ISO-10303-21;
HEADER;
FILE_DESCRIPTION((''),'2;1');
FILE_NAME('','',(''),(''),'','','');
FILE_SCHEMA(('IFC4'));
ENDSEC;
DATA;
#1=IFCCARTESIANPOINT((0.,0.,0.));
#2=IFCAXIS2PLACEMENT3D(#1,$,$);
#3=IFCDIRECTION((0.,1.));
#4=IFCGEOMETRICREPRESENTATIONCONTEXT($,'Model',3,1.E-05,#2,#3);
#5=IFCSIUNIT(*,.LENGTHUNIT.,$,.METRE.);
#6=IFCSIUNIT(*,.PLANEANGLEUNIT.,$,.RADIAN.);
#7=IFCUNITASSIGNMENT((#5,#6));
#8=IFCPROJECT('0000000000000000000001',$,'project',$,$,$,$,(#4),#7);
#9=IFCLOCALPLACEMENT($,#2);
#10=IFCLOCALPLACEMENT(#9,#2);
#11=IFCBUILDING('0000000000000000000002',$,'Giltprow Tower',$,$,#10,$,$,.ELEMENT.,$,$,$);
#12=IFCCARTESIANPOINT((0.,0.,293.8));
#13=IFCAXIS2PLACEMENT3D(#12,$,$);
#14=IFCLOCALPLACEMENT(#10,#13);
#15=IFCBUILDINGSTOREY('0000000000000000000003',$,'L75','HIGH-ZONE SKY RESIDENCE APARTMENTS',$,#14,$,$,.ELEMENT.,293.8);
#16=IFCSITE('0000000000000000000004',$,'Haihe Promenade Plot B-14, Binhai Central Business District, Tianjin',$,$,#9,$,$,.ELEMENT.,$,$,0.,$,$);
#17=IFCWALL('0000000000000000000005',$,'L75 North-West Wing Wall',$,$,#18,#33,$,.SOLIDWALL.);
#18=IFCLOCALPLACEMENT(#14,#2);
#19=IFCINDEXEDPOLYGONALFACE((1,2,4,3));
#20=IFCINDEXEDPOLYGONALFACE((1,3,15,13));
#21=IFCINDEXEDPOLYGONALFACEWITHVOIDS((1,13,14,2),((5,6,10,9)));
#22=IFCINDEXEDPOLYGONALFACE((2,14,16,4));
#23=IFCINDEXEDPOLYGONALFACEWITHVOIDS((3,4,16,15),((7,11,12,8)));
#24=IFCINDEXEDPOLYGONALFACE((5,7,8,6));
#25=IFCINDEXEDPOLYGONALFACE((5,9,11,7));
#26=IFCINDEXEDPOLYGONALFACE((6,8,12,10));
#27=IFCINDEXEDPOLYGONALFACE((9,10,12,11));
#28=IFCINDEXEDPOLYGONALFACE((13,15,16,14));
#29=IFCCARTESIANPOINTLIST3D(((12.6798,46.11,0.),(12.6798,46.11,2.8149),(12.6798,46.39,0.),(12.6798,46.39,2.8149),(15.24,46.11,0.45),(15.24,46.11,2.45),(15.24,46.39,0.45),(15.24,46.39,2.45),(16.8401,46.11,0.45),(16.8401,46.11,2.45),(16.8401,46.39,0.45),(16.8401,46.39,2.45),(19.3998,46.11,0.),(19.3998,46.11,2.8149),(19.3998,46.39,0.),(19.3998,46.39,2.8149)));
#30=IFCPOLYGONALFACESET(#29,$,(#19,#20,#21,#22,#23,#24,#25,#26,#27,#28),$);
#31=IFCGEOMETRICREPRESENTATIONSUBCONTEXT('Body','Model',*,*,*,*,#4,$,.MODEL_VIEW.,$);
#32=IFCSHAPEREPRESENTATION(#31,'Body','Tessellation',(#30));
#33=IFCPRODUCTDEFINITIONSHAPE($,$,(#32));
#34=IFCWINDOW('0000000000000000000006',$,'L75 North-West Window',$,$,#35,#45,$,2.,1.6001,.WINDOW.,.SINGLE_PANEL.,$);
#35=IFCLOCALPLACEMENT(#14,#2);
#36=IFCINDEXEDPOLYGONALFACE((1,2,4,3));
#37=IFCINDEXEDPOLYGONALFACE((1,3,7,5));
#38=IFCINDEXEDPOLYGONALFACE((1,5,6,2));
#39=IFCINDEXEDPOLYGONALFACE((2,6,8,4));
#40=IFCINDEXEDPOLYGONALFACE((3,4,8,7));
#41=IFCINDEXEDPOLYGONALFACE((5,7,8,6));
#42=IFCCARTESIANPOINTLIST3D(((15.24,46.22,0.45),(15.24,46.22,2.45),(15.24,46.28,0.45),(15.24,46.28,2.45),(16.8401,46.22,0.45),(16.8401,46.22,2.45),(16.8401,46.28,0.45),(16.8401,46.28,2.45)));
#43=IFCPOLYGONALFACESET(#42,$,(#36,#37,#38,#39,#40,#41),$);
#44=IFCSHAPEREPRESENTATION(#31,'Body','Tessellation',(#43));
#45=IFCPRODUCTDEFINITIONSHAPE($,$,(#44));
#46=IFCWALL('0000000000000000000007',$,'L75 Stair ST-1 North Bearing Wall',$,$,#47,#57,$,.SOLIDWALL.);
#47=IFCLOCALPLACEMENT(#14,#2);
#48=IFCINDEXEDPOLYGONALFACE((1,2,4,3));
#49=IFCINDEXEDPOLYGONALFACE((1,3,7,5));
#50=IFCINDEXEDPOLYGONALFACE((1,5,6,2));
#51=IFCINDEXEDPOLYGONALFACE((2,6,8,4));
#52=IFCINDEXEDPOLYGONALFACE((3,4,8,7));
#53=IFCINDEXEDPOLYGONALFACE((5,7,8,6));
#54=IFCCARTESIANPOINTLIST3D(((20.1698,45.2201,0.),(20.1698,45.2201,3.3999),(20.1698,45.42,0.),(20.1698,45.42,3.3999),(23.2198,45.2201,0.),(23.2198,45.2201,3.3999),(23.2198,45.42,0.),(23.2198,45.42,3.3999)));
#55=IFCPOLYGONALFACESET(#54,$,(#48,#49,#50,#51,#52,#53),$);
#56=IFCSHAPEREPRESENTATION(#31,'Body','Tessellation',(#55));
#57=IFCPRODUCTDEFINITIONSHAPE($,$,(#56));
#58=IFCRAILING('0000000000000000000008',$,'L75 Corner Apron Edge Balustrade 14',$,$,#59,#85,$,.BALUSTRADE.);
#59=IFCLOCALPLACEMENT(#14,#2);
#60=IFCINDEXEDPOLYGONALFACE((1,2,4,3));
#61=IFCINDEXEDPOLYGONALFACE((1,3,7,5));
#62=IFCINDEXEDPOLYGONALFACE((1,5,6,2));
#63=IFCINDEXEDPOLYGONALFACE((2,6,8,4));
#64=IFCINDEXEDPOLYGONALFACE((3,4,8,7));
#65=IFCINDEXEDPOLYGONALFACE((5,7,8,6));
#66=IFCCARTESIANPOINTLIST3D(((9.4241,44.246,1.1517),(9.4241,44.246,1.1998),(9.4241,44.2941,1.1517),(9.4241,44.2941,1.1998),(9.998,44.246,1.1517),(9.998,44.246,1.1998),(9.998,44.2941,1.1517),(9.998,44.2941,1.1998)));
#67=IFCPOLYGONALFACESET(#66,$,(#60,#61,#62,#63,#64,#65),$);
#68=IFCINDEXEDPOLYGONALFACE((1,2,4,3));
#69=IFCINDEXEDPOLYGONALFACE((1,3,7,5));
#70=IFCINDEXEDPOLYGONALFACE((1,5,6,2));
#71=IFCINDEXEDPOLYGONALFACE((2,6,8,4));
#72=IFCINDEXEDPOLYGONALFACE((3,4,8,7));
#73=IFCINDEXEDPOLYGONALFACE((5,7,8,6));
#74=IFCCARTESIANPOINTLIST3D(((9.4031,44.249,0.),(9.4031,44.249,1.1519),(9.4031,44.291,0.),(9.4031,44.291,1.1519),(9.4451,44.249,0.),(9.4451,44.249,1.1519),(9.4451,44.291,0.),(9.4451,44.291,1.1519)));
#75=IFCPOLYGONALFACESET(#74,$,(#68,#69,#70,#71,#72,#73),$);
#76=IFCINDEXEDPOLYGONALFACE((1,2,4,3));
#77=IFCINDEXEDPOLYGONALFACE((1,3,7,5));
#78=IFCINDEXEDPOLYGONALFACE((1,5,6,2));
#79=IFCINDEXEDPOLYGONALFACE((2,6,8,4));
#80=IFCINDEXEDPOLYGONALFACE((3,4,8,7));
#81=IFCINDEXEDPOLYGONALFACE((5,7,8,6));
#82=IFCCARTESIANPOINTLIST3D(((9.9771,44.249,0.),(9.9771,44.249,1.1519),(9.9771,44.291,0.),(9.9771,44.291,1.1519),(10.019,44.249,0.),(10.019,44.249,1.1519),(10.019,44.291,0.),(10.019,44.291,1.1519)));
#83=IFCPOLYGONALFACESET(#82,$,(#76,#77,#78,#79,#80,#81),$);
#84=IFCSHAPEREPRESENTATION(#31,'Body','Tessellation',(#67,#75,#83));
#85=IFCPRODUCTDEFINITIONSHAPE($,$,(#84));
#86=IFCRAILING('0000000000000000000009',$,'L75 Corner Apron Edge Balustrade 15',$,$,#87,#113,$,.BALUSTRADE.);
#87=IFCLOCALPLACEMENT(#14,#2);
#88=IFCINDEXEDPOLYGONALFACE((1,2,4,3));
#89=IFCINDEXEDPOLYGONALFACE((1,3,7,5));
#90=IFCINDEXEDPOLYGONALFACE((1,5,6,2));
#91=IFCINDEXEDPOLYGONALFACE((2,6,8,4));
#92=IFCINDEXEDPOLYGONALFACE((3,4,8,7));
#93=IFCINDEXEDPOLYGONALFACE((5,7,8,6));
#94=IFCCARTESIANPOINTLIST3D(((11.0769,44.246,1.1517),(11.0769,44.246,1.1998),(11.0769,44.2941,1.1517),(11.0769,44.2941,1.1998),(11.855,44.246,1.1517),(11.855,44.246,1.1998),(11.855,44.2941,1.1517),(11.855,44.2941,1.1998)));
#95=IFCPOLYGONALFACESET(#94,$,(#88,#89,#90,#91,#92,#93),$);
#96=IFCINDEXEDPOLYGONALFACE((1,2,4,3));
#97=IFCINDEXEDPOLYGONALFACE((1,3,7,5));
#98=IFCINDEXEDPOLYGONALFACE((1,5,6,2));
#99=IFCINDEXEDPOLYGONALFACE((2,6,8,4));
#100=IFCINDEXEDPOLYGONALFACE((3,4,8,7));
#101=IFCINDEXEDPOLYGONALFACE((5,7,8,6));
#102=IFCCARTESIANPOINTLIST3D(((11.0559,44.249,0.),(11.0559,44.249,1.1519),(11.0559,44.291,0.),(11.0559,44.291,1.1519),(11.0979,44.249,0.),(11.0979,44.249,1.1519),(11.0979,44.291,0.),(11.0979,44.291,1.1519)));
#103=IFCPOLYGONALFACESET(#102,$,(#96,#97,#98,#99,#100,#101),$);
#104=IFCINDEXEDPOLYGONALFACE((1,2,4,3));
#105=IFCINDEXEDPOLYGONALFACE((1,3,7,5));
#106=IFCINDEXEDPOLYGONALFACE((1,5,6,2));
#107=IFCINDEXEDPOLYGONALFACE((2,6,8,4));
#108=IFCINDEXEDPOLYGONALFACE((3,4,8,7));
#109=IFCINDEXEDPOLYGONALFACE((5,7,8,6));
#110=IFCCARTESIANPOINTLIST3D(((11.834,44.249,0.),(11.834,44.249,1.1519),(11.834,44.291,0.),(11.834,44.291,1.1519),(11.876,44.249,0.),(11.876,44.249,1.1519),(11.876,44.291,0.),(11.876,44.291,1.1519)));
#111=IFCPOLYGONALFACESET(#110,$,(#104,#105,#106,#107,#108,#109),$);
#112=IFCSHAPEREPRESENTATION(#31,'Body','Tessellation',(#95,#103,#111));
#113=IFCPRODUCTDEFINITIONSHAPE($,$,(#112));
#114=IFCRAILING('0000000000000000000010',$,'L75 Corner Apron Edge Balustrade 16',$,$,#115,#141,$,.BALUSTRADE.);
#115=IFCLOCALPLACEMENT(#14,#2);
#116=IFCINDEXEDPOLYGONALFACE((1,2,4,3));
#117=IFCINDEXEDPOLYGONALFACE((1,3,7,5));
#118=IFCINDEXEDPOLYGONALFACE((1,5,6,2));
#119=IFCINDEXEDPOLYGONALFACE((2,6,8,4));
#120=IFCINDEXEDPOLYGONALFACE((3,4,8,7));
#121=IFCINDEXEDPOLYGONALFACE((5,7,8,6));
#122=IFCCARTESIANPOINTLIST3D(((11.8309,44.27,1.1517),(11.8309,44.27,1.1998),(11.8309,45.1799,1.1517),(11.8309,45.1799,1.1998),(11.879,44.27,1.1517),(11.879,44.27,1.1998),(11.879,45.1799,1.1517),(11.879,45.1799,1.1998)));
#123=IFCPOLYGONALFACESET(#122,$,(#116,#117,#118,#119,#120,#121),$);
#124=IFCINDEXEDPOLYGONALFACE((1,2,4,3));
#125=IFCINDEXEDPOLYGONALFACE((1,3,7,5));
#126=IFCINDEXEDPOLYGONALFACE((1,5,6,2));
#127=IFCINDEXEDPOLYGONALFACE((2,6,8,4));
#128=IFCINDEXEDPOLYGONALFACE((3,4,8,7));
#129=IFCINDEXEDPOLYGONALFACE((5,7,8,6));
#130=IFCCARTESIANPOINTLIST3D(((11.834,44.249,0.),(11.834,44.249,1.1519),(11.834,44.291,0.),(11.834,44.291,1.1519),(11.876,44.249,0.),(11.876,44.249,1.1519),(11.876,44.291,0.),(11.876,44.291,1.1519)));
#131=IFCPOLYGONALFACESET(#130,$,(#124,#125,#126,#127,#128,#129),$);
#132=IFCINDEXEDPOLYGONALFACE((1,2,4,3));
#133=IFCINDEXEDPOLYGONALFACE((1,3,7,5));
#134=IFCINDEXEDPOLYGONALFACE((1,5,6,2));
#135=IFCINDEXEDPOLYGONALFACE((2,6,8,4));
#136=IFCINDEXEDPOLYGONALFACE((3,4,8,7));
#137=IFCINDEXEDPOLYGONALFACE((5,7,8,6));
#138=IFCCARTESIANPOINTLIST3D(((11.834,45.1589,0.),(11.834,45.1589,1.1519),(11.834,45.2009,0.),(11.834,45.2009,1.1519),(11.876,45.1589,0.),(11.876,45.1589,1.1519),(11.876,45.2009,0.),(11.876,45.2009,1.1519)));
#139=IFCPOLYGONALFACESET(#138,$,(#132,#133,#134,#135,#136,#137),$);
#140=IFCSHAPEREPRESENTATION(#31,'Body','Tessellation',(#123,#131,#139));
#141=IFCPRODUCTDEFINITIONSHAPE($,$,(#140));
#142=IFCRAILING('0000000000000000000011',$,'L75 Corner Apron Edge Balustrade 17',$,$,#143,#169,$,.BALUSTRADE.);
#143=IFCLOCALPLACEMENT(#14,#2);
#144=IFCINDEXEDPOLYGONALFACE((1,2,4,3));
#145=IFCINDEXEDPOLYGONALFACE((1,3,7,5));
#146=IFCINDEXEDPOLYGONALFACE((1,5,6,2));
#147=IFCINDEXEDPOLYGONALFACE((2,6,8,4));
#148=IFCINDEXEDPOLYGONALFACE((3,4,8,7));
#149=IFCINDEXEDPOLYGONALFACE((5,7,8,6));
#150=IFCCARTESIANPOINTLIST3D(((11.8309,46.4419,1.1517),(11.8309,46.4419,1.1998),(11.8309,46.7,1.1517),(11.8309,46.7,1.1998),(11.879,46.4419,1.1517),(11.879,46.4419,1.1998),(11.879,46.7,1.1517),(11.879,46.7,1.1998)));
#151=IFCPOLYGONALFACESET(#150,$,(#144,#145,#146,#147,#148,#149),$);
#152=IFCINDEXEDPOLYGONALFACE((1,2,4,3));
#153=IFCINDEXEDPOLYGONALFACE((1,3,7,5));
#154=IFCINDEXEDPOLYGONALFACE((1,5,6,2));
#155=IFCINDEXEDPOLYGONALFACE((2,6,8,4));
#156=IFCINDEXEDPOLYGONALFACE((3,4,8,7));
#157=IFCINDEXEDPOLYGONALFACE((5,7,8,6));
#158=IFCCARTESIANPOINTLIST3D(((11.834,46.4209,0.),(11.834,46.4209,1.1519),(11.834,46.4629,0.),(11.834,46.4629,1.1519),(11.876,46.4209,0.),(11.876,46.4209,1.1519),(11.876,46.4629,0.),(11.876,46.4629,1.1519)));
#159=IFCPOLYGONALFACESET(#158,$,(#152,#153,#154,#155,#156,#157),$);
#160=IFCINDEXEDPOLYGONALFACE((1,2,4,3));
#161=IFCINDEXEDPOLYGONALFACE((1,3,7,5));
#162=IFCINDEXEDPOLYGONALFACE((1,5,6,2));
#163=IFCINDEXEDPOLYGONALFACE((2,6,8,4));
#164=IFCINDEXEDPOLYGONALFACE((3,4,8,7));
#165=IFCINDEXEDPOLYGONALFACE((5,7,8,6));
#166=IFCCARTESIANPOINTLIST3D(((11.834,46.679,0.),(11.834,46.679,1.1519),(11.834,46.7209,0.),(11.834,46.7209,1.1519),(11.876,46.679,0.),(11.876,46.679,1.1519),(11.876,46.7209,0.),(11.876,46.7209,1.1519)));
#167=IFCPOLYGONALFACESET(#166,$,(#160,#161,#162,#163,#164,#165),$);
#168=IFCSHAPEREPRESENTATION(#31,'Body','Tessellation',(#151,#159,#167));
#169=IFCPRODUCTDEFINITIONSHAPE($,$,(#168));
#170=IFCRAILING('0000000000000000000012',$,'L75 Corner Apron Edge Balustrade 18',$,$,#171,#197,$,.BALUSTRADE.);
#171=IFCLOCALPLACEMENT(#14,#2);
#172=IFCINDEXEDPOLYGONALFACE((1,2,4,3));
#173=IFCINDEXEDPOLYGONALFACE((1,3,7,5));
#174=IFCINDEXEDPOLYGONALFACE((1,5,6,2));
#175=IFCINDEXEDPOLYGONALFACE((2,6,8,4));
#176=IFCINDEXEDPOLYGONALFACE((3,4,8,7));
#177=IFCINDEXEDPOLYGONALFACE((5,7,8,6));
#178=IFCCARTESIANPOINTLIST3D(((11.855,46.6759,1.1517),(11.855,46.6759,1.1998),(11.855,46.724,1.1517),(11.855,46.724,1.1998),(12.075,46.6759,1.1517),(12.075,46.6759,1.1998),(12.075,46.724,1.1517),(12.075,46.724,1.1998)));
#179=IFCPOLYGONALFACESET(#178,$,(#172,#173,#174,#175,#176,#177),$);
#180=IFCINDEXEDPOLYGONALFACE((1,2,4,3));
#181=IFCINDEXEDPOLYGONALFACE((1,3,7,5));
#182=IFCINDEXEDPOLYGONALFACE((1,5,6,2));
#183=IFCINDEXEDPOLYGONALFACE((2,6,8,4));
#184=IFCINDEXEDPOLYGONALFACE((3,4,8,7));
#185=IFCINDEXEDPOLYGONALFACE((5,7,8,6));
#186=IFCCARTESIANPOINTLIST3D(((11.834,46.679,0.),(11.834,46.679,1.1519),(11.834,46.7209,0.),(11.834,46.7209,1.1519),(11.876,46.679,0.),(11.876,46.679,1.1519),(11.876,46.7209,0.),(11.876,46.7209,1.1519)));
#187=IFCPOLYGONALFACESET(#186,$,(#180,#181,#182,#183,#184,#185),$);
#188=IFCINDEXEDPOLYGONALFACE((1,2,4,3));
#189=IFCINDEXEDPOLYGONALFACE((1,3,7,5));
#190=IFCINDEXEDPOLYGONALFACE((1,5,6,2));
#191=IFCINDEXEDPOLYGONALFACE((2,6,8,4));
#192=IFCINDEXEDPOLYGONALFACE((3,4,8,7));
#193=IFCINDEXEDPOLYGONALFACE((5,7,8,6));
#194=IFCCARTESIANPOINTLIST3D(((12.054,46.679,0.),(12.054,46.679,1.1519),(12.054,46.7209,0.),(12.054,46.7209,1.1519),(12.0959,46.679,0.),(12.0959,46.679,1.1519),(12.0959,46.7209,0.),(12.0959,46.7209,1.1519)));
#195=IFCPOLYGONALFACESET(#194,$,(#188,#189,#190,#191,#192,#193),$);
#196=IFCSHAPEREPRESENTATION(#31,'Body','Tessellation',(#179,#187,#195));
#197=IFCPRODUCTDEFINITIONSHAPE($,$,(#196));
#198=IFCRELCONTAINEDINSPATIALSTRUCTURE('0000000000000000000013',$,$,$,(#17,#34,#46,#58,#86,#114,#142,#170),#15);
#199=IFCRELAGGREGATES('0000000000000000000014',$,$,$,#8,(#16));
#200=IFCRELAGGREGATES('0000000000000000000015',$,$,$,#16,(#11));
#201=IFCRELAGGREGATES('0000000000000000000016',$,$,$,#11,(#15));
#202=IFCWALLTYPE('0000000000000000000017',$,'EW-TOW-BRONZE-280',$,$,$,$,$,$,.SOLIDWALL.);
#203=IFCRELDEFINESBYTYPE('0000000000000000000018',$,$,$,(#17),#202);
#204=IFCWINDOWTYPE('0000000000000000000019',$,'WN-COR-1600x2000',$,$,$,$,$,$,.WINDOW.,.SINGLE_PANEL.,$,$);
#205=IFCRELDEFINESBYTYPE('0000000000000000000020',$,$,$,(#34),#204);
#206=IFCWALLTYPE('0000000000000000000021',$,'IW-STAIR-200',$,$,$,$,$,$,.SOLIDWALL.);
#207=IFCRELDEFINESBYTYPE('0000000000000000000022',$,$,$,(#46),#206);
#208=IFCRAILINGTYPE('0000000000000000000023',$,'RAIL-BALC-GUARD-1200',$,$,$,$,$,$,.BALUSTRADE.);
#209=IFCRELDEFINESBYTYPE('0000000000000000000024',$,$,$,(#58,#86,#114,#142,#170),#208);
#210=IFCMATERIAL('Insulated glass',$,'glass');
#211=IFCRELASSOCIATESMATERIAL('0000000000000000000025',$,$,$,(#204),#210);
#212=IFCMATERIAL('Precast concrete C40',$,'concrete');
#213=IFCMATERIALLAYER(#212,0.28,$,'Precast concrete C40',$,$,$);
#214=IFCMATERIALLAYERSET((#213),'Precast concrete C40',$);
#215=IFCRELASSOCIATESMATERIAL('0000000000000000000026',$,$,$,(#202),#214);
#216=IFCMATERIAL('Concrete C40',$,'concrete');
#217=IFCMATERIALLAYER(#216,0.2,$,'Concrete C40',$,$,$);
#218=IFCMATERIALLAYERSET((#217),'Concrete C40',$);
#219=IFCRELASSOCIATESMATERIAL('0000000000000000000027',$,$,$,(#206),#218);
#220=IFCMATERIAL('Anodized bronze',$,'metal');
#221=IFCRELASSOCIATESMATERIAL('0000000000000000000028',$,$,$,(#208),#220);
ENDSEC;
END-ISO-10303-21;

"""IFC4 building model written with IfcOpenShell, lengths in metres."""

from ifc_helpers import new_model, si_unit, direction, frame, frame_2d, origin, origin_2d, place, context, subcontext, project, spatial, rectangle, extrude, source, transform, mapped, material, layer, layer_set, type_object, element, fill, save


model = new_model("IFC4")

# Units and contexts
model_context = context("Model", 3, precision=1e-05, world=origin(), true_north=direction((0.0, 1.0)))
body_context = subcontext(model_context, "Body", "Model", "MODEL_VIEW")
ifc_project = project(units=[si_unit("LENGTHUNIT", "METRE"), si_unit("PLANEANGLEUNIT", "RADIAN")], contexts=[model_context])

# Site, building, storey
site_placement = place(None, origin())
site = spatial("IfcSite", under=ifc_project, at=site_placement, Name="Haihe Promenade Plot B-14, Binhai Central Business District, Tianjin", CompositionType="ELEMENT", RefElevation=0.0)
building_placement = place(site_placement, origin())
building = spatial("IfcBuilding", under=site, at=building_placement, Name="Giltprow Tower", CompositionType="ELEMENT")
storey_placement = place(building_placement, frame((0.0, 0.0, 293.8)))
storey = spatial("IfcBuildingStorey", under=building, at=storey_placement, Name="L75", Description="HIGH-ZONE SKY RESIDENCE APARTMENTS", CompositionType="ELEMENT", Elevation=293.8)

# Wall, opening, window
ifc_material_1 = material(Name="Precast concrete C40", Category="concrete")
ifc_material_2 = material(Name="Insulated glass", Category="glass")
window_type = type_object("IfcWindowType", Name="WN-COR-1600x2000", PartitioningType="SINGLE_PANEL", PredefinedType="WINDOW", material=ifc_material_2)
shared_shape_1 = source(origin(), body_context, "Body", "SweptSolid", [
    extrude(rectangle(XDim=1.6001, YDim=2.0, at=frame_2d((0.8, 1.0))), frame((0.0, 0.03, 0.0), z_axis=(0.0, -1.0, 0.0), x_axis=(1.0, 0.0, 0.0)), (0.0, 0.0, 1.0), 0.0601),
])
ifc_layer_1 = layer(ifc_material_1, 0.28, Name="Precast concrete C40")
ifc_layer_set_1 = layer_set([ifc_layer_1], Name="Precast concrete C40")
wall_type_1 = type_object("IfcWallType", Name="EW-TOW-BRONZE-280", PredefinedType="SOLIDWALL", material=ifc_layer_set_1)
wall_1_placement = place(storey_placement, frame((12.6799, 46.25, 0.0), z_axis=(0.0, 0.0, 1.0), x_axis=(1.0, 0.0, 0.0)))
wall_1 = element("IfcWall", 1, at=wall_1_placement, inside=storey, type_object=wall_type_1, Name="L75 North-West Wing Wall", PredefinedType="SOLIDWALL", context=body_context, shape_type="SweptSolid", body=[
    extrude(rectangle(XDim=6.72, YDim=0.28, at=frame_2d((3.3599, 0.0))), origin(), (0.0, 0.0, 1.0), 2.8149),
])
opening_1_placement = place(wall_1_placement, frame((2.5601, 0.0, 0.45)))
opening_1 = element("IfcOpeningElement", 2, at=opening_1_placement, cuts=wall_1, PredefinedType="OPENING", context=body_context, shape_type="SweptSolid", body=[
    extrude(rectangle(XDim=1.6001, YDim=2.0, at=frame_2d((0.8, 1.0))), frame((0.0, 0.1499, 0.0), z_axis=(0.0, -1.0, 0.0), x_axis=(1.0, 0.0, 0.0)), (0.0, 0.0, 1.0), 0.3),
])
window_1_placement = place(opening_1_placement, origin())
window_1 = element("IfcWindow", 3, at=window_1_placement, inside=storey, type_object=window_type, Name="L75 North-West Window", OverallHeight=2.0, OverallWidth=1.6001, PartitioningType="SINGLE_PANEL", PredefinedType="WINDOW", context=body_context, shape_type="MappedRepresentation", body=[
    mapped(shared_shape_1, transform((0.0, 0.0, 0.0), x_axis=(1.0, 0.0, 0.0), y_axis=(0.0, 1.0, 0.0), z_axis=(0.0, 0.0, 1.0), scale=1.0)),
])
fill(opening_1, window_1)

# Wall
ifc_material_3 = material(Name="Concrete C40", Category="concrete")
ifc_layer_2 = layer(ifc_material_3, 0.2, Name="Concrete C40")
ifc_layer_set_2 = layer_set([ifc_layer_2], Name="Concrete C40")
wall_type_2 = type_object("IfcWallType", Name="IW-STAIR-200", PredefinedType="SOLIDWALL", material=ifc_layer_set_2)
wall_2_placement = place(storey_placement, frame((20.1699, 45.3201, 0.0), z_axis=(0.0, 0.0, 1.0), x_axis=(1.0, 0.0, 0.0)))
element("IfcWall", 4, at=wall_2_placement, inside=storey, type_object=wall_type_2, Name="L75 Stair ST-1 North Bearing Wall", PredefinedType="SOLIDWALL", context=body_context, shape_type="SweptSolid", body=[
    extrude(rectangle(XDim=3.05, YDim=0.2, at=frame_2d((1.5249, 0.0))), origin(), (0.0, 0.0, 1.0), 3.3999),
])

# Railings
ifc_material_4 = material(Name="Anodized bronze", Category="metal")
railing_type = type_object("IfcRailingType", Name="RAIL-BALC-GUARD-1200", PredefinedType="BALUSTRADE", material=ifc_material_4)
railing_1_placement = place(storey_placement, frame((9.4241, 44.27, 0.0)))
element("IfcRailing", 5, at=railing_1_placement, inside=storey, type_object=railing_type, Name="L75 Corner Apron Edge Balustrade 14", PredefinedType="BALUSTRADE", context=body_context, shape_type="SweptSolid", body=[
    extrude(rectangle(XDim=0.0481, YDim=0.0481, at=origin_2d()), frame((0.0, 0.0, 1.1758), z_axis=(1.0, 0.0, 0.0), x_axis=(0.0, 1.0, 0.0)), (0.0, 0.0, 1.0), 0.574),
    extrude(rectangle(XDim=0.042, YDim=0.042, at=origin_2d()), origin(), (0.0, 0.0, 1.0), 1.1519),
    extrude(rectangle(XDim=0.042, YDim=0.042, at=origin_2d()), frame((0.574, 0.0, 0.0)), (0.0, 0.0, 1.0), 1.1519),
])
railing_2_placement = place(storey_placement, frame((11.0769, 44.27, 0.0)))
element("IfcRailing", 6, at=railing_2_placement, inside=storey, type_object=railing_type, Name="L75 Corner Apron Edge Balustrade 15", PredefinedType="BALUSTRADE", context=body_context, shape_type="SweptSolid", body=[
    extrude(rectangle(XDim=0.0481, YDim=0.0481, at=origin_2d()), frame((0.0, 0.0, 1.1758), z_axis=(1.0, 0.0, 0.0), x_axis=(0.0, 1.0, 0.0)), (0.0, 0.0, 1.0), 0.7781),
    extrude(rectangle(XDim=0.042, YDim=0.042, at=origin_2d()), origin(), (0.0, 0.0, 1.0), 1.1519),
    extrude(rectangle(XDim=0.042, YDim=0.042, at=origin_2d()), frame((0.7781, 0.0, 0.0)), (0.0, 0.0, 1.0), 1.1519),
])
railing_3_placement = place(storey_placement, frame((11.855, 44.27, 0.0)))
element("IfcRailing", 7, at=railing_3_placement, inside=storey, type_object=railing_type, Name="L75 Corner Apron Edge Balustrade 16", PredefinedType="BALUSTRADE", context=body_context, shape_type="SweptSolid", body=[
    extrude(rectangle(XDim=0.0481, YDim=0.0481, at=origin_2d()), frame((0.0, 0.0, 1.1758), z_axis=(0.0, 1.0, 0.0), x_axis=(-1.0, 0.0, 0.0)), (0.0, 0.0, 1.0), 0.9099),
    extrude(rectangle(XDim=0.042, YDim=0.042, at=origin_2d()), origin(), (0.0, 0.0, 1.0), 1.1519),
    extrude(rectangle(XDim=0.042, YDim=0.042, at=origin_2d()), frame((0.0, 0.9099, 0.0)), (0.0, 0.0, 1.0), 1.1519),
])
railing_4_placement = place(storey_placement, frame((11.855, 46.4419, 0.0)))
element("IfcRailing", 8, at=railing_4_placement, inside=storey, type_object=railing_type, Name="L75 Corner Apron Edge Balustrade 17", PredefinedType="BALUSTRADE", context=body_context, shape_type="SweptSolid", body=[
    extrude(rectangle(XDim=0.0481, YDim=0.0481, at=origin_2d()), frame((0.0, 0.0, 1.1758), z_axis=(0.0, 1.0, 0.0), x_axis=(-1.0, 0.0, 0.0)), (0.0, 0.0, 1.0), 0.2581),
    extrude(rectangle(XDim=0.042, YDim=0.042, at=origin_2d()), origin(), (0.0, 0.0, 1.0), 1.1519),
    extrude(rectangle(XDim=0.042, YDim=0.042, at=origin_2d()), frame((0.0, 0.2581, 0.0)), (0.0, 0.0, 1.0), 1.1519),
])
railing_5_placement = place(storey_placement, frame((11.855, 46.7, 0.0)))
element("IfcRailing", 9, at=railing_5_placement, inside=storey, type_object=railing_type, Name="L75 Corner Apron Edge Balustrade 18", PredefinedType="BALUSTRADE", context=body_context, shape_type="SweptSolid", body=[
    extrude(rectangle(XDim=0.0481, YDim=0.0481, at=origin_2d()), frame((0.0, 0.0, 1.1758), z_axis=(1.0, 0.0, 0.0), x_axis=(0.0, 1.0, 0.0)), (0.0, 0.0, 1.0), 0.22),
    extrude(rectangle(XDim=0.042, YDim=0.042, at=origin_2d()), origin(), (0.0, 0.0, 1.0), 1.1519),
    extrude(rectangle(XDim=0.042, YDim=0.042, at=origin_2d()), frame((0.22, 0.0, 0.0)), (0.0, 0.0, 1.0), 1.1519),
])

save(model, "model.ifc")
